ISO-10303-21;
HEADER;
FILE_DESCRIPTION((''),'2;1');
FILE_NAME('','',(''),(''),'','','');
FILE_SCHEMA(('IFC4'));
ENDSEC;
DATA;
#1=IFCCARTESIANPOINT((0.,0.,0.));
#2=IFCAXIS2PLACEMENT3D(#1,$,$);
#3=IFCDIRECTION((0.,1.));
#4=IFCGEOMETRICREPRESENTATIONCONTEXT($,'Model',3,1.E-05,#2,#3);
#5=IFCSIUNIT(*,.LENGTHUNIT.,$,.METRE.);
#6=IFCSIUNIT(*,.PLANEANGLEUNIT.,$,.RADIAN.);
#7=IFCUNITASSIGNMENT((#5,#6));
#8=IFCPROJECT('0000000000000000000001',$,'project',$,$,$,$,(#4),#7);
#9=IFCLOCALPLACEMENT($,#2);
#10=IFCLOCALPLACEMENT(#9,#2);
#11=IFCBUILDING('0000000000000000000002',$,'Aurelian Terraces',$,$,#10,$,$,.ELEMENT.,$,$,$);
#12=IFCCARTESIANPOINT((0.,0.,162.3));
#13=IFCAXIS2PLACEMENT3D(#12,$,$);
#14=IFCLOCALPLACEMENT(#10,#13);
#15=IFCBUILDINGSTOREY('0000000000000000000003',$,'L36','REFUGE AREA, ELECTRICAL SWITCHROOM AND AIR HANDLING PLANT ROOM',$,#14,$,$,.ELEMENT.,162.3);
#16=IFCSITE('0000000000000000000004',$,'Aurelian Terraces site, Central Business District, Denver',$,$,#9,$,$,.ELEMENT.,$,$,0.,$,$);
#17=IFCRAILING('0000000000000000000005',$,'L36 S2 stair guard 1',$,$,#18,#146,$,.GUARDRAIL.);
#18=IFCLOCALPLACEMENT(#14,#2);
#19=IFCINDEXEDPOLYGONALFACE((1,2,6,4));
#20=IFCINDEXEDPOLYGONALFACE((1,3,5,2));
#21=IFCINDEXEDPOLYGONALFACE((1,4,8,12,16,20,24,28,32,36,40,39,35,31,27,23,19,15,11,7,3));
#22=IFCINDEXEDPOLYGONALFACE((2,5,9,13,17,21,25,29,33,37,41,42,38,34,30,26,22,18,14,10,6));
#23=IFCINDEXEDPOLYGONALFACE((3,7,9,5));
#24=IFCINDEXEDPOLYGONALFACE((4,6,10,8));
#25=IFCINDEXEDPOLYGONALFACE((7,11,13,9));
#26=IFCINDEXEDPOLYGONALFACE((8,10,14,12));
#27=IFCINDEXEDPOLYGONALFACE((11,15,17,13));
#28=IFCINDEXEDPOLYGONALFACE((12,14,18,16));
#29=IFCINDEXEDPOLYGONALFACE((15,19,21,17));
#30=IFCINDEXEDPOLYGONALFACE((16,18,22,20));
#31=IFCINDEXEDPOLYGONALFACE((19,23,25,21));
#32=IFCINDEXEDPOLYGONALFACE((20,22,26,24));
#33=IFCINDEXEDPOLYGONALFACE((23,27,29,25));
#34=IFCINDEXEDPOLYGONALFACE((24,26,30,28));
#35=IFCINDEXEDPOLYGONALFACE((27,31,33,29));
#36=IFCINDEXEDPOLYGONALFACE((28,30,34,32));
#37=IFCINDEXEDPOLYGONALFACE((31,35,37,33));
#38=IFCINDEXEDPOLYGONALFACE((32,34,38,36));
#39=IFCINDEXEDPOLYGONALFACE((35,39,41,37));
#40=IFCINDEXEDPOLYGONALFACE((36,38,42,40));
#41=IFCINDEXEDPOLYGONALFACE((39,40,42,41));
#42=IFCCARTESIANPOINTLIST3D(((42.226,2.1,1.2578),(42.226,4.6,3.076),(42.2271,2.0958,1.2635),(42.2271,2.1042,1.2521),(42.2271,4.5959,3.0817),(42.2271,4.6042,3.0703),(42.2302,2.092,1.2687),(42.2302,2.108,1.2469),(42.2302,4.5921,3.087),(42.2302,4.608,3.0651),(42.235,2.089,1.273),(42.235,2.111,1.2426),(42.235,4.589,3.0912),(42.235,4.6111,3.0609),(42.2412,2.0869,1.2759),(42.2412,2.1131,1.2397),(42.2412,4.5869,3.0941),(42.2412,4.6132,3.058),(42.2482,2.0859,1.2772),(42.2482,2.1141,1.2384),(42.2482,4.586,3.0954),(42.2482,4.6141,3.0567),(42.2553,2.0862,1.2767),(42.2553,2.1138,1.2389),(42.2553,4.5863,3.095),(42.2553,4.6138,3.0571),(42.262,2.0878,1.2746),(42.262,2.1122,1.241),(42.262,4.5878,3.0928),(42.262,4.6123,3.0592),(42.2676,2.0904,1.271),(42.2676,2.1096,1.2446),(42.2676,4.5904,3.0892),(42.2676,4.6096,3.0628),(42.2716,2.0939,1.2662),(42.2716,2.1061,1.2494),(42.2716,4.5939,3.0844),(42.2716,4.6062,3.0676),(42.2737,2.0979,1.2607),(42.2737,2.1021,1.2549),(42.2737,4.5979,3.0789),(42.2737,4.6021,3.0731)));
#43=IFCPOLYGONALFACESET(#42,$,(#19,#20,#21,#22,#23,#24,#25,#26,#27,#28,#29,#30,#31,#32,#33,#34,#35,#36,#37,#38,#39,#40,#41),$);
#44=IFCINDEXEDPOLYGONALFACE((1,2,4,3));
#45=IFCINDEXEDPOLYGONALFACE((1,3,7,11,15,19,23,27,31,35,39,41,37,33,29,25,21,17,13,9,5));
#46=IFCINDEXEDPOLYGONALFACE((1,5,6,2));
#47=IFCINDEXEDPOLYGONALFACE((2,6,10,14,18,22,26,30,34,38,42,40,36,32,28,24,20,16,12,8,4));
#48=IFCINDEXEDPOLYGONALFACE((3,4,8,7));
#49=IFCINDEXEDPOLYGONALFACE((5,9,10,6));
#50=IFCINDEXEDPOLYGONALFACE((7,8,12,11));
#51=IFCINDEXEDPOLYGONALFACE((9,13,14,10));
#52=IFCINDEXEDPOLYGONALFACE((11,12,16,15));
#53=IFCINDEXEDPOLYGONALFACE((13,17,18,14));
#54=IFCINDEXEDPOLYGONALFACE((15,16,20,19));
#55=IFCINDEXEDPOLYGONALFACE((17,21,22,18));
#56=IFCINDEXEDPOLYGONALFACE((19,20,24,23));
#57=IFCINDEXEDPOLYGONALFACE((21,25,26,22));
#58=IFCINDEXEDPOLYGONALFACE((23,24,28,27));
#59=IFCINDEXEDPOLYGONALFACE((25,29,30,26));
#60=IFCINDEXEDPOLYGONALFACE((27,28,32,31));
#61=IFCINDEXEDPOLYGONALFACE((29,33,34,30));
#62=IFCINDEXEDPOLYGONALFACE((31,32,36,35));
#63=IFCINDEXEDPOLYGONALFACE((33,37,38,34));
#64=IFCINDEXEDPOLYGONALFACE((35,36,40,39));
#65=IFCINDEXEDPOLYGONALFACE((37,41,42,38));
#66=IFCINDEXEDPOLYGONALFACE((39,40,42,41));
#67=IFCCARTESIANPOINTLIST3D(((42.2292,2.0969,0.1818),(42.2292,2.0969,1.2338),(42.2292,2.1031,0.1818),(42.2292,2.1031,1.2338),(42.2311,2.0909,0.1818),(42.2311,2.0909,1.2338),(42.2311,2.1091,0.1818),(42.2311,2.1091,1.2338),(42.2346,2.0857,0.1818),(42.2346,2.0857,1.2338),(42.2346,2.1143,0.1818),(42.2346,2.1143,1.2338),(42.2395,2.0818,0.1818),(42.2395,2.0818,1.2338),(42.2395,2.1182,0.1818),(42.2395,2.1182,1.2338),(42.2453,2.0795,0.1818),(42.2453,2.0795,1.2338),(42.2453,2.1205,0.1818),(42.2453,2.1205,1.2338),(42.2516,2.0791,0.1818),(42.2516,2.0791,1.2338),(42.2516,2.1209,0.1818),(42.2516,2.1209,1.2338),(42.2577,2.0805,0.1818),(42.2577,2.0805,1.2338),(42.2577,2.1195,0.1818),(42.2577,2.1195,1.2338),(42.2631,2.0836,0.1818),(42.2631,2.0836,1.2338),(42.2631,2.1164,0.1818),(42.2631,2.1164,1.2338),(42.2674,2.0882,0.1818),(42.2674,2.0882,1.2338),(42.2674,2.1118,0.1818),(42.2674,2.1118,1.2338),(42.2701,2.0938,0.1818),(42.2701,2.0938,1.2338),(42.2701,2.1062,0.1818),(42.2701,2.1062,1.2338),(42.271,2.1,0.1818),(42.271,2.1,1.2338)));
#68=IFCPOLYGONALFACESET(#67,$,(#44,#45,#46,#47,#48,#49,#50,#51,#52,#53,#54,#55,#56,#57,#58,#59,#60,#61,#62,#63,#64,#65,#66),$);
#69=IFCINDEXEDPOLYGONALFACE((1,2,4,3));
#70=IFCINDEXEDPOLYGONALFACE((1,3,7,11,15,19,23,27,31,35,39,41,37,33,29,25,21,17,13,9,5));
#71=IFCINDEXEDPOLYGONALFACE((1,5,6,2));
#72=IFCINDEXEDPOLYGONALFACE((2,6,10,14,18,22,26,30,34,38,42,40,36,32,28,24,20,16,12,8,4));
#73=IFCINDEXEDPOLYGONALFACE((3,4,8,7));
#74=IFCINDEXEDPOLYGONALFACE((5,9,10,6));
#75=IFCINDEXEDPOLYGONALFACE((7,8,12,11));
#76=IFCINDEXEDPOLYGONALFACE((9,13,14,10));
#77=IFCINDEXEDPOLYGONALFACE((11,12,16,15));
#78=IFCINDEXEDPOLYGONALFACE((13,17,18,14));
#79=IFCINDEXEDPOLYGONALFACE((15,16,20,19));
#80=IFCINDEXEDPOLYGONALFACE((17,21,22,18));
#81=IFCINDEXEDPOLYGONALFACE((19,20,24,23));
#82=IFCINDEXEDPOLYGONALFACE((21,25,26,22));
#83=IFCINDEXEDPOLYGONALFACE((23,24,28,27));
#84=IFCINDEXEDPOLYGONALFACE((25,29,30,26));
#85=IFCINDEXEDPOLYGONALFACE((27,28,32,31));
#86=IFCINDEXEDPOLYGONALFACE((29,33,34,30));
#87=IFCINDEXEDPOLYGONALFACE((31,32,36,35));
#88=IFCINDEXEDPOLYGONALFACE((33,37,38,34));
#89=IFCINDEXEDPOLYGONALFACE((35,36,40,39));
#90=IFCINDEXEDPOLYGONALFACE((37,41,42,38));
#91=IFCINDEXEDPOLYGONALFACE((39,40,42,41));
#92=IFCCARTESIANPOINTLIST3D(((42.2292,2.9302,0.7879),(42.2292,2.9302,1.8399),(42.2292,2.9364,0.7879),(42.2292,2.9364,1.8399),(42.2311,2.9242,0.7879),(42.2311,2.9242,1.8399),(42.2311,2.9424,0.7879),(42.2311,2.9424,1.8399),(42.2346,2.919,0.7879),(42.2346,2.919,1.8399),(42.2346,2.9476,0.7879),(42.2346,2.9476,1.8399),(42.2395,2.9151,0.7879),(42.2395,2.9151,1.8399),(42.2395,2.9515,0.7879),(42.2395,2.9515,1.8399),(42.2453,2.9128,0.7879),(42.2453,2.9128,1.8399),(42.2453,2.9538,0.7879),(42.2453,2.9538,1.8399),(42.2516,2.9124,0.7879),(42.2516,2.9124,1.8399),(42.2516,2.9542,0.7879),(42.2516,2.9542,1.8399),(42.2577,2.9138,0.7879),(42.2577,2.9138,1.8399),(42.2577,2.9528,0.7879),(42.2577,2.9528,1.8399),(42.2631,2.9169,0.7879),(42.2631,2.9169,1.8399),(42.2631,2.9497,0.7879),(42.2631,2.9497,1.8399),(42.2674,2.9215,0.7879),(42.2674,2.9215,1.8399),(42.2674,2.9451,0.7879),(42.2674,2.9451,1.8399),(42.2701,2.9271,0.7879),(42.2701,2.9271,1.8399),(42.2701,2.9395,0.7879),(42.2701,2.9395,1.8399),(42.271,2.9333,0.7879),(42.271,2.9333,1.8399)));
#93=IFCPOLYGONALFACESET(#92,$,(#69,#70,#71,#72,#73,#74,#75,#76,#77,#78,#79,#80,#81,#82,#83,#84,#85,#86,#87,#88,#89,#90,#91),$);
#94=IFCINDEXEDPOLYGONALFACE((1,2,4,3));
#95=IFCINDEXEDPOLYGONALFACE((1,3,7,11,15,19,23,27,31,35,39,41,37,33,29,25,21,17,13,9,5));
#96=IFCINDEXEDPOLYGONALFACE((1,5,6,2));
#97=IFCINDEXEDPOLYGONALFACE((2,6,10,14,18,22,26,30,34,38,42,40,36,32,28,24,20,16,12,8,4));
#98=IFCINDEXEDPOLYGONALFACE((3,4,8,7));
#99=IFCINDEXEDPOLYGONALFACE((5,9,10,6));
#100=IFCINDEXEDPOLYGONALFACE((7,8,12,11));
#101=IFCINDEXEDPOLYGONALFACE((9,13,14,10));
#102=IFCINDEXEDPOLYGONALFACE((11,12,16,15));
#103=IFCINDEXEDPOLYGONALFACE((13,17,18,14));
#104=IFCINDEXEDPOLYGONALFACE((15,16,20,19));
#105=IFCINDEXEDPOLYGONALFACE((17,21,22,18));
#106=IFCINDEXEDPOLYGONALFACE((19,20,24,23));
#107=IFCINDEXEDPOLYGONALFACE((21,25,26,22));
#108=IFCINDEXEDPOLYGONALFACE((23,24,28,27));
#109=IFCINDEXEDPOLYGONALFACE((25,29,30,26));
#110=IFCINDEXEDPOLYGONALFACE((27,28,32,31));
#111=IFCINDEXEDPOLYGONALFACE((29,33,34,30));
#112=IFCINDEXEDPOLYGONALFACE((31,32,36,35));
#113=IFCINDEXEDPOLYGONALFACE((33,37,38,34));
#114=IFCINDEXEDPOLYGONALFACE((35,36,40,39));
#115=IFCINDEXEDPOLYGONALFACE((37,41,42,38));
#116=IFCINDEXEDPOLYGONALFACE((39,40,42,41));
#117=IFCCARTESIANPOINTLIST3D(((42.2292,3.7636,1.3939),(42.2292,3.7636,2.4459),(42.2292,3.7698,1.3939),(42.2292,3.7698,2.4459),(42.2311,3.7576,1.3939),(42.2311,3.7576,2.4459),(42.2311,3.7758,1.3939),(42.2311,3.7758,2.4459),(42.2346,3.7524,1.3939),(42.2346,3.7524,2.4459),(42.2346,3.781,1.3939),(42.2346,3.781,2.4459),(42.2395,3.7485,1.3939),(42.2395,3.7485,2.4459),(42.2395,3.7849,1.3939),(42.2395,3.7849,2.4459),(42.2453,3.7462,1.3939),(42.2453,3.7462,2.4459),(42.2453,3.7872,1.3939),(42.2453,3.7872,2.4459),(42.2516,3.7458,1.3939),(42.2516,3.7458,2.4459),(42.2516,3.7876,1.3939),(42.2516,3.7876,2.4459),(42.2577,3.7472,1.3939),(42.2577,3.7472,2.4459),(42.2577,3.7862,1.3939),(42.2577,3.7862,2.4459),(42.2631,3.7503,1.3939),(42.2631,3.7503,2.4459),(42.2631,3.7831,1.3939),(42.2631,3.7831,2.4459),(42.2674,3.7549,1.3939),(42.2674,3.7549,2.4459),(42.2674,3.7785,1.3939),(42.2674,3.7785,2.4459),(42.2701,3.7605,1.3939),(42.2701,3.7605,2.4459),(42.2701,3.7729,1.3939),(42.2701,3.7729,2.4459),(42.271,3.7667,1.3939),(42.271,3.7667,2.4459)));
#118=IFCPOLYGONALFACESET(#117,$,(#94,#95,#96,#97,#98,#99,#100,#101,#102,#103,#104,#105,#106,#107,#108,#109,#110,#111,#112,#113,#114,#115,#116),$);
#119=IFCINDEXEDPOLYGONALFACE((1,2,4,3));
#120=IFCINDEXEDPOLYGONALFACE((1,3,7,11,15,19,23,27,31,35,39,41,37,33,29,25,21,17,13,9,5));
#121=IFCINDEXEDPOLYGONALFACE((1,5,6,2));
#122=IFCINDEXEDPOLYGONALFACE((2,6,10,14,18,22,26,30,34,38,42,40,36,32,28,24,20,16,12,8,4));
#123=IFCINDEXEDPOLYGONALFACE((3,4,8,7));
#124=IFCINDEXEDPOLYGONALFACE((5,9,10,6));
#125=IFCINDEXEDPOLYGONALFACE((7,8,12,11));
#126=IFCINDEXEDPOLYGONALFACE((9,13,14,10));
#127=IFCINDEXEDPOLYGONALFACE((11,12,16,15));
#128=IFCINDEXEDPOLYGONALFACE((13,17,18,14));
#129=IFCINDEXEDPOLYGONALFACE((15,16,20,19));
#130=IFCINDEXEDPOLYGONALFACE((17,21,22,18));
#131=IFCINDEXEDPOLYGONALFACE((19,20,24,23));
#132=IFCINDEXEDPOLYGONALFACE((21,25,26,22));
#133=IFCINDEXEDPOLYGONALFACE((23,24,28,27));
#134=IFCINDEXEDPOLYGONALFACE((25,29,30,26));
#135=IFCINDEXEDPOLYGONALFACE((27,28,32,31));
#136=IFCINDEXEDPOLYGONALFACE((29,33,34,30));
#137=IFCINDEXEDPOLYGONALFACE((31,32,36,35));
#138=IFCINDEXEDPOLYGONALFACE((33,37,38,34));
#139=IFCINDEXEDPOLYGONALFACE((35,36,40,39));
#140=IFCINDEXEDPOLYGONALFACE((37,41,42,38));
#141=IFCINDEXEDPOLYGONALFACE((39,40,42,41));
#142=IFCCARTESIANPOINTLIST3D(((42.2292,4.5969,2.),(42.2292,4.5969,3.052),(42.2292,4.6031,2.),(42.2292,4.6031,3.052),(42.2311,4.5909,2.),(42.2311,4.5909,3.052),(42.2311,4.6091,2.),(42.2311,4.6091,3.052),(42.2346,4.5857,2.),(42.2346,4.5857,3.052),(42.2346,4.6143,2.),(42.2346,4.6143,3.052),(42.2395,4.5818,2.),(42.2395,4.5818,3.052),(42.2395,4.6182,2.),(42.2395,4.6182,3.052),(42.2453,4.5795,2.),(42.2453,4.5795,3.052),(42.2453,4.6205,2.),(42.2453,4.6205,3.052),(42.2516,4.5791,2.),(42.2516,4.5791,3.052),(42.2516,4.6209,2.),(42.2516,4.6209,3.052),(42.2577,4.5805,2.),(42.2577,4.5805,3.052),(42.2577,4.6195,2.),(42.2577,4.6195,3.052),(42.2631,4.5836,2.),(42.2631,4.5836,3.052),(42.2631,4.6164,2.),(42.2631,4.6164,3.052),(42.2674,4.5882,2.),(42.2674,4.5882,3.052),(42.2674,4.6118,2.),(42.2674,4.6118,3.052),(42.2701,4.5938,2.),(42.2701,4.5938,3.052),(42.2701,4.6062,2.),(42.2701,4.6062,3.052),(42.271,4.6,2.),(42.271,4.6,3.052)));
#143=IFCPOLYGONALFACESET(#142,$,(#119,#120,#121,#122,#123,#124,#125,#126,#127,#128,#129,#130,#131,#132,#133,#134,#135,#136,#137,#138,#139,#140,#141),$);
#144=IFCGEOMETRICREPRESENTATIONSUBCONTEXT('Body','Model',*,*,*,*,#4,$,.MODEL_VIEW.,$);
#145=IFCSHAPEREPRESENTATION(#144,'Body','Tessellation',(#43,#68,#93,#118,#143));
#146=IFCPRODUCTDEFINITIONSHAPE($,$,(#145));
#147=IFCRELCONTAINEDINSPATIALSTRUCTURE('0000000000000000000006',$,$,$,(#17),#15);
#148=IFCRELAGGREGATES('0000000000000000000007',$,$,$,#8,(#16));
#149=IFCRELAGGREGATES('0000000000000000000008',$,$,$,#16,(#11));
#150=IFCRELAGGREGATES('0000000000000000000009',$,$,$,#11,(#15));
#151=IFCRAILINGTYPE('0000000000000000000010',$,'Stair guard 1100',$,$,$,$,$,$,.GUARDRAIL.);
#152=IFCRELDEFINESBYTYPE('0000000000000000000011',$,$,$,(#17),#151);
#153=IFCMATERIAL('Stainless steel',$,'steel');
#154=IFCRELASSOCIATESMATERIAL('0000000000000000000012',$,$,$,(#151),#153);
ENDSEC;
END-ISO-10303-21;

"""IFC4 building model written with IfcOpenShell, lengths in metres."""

from ifc_helpers import new_model, si_unit, direction, frame, origin, origin_2d, place, context, subcontext, project, spatial, circle, extrude, source, transform, mapped, material, type_object, element, save


model = new_model("IFC4")

# Units and contexts
model_context = context("Model", 3, precision=1e-05, world=origin(), true_north=direction((0.0, 1.0)))
body_context = subcontext(model_context, "Body", "Model", "MODEL_VIEW")
ifc_project = project(units=[si_unit("LENGTHUNIT", "METRE"), si_unit("PLANEANGLEUNIT", "RADIAN")], contexts=[model_context])

# Site, building, storey
site_placement = place(None, origin())
site = spatial("IfcSite", under=ifc_project, at=site_placement, Name="Aurelian Terraces site, Central Business District, Denver", CompositionType="ELEMENT", RefElevation=0.0)
building_placement = place(site_placement, origin())
building = spatial("IfcBuilding", under=site, at=building_placement, Name="Aurelian Terraces", CompositionType="ELEMENT")
storey_placement = place(building_placement, frame((0.0, 0.0, 162.3)))
storey = spatial("IfcBuildingStorey", under=building, at=storey_placement, Name="L36", Description="REFUGE AREA, ELECTRICAL SWITCHROOM AND AIR HANDLING PLANT ROOM", CompositionType="ELEMENT", Elevation=162.3)

# Railing
ifc_material_1 = material(Name="Stainless steel", Category="steel")
railing_type_1 = type_object("IfcRailingType", Name="Stair guard 1100", PredefinedType="GUARDRAIL", material=ifc_material_1)
shared_shape_1 = source(origin(), body_context, "Body", "SweptSolid", [
    extrude(circle(Radius=0.024, at=origin_2d()), frame((0.0, 0.0, 1.076), z_axis=(0.0, 0.808733, 0.588176), x_axis=(-1.0, 0.0, 0.0)), (0.0, 0.0, 1.0), 3.0913),
    extrude(circle(Radius=0.021, at=origin_2d()), origin(), (0.0, 0.0, 1.0), 1.052),
    extrude(circle(Radius=0.021, at=origin_2d()), frame((0.0, 0.8333, 0.6061)), (0.0, 0.0, 1.0), 1.052),
    extrude(circle(Radius=0.021, at=origin_2d()), frame((0.0, 1.6667, 1.2121)), (0.0, 0.0, 1.0), 1.052),
    extrude(circle(Radius=0.021, at=origin_2d()), frame((0.0, 2.5, 1.8182)), (0.0, 0.0, 1.0), 1.052),
])
for number, where, name in (
    (1, (42.25, 2.1, 0.1818), "L36 S2 stair guard 1"),
):
    element("IfcRailing", number, at=place(storey_placement, frame(where)), inside=storey, type_object=railing_type_1, Name=name, PredefinedType="GUARDRAIL", context=body_context, shape_type="MappedRepresentation", body=[
        mapped(shared_shape_1, transform((0.0, 0.0, 0.0), scale=1.0)),
    ])

save(model, "model.ifc")
